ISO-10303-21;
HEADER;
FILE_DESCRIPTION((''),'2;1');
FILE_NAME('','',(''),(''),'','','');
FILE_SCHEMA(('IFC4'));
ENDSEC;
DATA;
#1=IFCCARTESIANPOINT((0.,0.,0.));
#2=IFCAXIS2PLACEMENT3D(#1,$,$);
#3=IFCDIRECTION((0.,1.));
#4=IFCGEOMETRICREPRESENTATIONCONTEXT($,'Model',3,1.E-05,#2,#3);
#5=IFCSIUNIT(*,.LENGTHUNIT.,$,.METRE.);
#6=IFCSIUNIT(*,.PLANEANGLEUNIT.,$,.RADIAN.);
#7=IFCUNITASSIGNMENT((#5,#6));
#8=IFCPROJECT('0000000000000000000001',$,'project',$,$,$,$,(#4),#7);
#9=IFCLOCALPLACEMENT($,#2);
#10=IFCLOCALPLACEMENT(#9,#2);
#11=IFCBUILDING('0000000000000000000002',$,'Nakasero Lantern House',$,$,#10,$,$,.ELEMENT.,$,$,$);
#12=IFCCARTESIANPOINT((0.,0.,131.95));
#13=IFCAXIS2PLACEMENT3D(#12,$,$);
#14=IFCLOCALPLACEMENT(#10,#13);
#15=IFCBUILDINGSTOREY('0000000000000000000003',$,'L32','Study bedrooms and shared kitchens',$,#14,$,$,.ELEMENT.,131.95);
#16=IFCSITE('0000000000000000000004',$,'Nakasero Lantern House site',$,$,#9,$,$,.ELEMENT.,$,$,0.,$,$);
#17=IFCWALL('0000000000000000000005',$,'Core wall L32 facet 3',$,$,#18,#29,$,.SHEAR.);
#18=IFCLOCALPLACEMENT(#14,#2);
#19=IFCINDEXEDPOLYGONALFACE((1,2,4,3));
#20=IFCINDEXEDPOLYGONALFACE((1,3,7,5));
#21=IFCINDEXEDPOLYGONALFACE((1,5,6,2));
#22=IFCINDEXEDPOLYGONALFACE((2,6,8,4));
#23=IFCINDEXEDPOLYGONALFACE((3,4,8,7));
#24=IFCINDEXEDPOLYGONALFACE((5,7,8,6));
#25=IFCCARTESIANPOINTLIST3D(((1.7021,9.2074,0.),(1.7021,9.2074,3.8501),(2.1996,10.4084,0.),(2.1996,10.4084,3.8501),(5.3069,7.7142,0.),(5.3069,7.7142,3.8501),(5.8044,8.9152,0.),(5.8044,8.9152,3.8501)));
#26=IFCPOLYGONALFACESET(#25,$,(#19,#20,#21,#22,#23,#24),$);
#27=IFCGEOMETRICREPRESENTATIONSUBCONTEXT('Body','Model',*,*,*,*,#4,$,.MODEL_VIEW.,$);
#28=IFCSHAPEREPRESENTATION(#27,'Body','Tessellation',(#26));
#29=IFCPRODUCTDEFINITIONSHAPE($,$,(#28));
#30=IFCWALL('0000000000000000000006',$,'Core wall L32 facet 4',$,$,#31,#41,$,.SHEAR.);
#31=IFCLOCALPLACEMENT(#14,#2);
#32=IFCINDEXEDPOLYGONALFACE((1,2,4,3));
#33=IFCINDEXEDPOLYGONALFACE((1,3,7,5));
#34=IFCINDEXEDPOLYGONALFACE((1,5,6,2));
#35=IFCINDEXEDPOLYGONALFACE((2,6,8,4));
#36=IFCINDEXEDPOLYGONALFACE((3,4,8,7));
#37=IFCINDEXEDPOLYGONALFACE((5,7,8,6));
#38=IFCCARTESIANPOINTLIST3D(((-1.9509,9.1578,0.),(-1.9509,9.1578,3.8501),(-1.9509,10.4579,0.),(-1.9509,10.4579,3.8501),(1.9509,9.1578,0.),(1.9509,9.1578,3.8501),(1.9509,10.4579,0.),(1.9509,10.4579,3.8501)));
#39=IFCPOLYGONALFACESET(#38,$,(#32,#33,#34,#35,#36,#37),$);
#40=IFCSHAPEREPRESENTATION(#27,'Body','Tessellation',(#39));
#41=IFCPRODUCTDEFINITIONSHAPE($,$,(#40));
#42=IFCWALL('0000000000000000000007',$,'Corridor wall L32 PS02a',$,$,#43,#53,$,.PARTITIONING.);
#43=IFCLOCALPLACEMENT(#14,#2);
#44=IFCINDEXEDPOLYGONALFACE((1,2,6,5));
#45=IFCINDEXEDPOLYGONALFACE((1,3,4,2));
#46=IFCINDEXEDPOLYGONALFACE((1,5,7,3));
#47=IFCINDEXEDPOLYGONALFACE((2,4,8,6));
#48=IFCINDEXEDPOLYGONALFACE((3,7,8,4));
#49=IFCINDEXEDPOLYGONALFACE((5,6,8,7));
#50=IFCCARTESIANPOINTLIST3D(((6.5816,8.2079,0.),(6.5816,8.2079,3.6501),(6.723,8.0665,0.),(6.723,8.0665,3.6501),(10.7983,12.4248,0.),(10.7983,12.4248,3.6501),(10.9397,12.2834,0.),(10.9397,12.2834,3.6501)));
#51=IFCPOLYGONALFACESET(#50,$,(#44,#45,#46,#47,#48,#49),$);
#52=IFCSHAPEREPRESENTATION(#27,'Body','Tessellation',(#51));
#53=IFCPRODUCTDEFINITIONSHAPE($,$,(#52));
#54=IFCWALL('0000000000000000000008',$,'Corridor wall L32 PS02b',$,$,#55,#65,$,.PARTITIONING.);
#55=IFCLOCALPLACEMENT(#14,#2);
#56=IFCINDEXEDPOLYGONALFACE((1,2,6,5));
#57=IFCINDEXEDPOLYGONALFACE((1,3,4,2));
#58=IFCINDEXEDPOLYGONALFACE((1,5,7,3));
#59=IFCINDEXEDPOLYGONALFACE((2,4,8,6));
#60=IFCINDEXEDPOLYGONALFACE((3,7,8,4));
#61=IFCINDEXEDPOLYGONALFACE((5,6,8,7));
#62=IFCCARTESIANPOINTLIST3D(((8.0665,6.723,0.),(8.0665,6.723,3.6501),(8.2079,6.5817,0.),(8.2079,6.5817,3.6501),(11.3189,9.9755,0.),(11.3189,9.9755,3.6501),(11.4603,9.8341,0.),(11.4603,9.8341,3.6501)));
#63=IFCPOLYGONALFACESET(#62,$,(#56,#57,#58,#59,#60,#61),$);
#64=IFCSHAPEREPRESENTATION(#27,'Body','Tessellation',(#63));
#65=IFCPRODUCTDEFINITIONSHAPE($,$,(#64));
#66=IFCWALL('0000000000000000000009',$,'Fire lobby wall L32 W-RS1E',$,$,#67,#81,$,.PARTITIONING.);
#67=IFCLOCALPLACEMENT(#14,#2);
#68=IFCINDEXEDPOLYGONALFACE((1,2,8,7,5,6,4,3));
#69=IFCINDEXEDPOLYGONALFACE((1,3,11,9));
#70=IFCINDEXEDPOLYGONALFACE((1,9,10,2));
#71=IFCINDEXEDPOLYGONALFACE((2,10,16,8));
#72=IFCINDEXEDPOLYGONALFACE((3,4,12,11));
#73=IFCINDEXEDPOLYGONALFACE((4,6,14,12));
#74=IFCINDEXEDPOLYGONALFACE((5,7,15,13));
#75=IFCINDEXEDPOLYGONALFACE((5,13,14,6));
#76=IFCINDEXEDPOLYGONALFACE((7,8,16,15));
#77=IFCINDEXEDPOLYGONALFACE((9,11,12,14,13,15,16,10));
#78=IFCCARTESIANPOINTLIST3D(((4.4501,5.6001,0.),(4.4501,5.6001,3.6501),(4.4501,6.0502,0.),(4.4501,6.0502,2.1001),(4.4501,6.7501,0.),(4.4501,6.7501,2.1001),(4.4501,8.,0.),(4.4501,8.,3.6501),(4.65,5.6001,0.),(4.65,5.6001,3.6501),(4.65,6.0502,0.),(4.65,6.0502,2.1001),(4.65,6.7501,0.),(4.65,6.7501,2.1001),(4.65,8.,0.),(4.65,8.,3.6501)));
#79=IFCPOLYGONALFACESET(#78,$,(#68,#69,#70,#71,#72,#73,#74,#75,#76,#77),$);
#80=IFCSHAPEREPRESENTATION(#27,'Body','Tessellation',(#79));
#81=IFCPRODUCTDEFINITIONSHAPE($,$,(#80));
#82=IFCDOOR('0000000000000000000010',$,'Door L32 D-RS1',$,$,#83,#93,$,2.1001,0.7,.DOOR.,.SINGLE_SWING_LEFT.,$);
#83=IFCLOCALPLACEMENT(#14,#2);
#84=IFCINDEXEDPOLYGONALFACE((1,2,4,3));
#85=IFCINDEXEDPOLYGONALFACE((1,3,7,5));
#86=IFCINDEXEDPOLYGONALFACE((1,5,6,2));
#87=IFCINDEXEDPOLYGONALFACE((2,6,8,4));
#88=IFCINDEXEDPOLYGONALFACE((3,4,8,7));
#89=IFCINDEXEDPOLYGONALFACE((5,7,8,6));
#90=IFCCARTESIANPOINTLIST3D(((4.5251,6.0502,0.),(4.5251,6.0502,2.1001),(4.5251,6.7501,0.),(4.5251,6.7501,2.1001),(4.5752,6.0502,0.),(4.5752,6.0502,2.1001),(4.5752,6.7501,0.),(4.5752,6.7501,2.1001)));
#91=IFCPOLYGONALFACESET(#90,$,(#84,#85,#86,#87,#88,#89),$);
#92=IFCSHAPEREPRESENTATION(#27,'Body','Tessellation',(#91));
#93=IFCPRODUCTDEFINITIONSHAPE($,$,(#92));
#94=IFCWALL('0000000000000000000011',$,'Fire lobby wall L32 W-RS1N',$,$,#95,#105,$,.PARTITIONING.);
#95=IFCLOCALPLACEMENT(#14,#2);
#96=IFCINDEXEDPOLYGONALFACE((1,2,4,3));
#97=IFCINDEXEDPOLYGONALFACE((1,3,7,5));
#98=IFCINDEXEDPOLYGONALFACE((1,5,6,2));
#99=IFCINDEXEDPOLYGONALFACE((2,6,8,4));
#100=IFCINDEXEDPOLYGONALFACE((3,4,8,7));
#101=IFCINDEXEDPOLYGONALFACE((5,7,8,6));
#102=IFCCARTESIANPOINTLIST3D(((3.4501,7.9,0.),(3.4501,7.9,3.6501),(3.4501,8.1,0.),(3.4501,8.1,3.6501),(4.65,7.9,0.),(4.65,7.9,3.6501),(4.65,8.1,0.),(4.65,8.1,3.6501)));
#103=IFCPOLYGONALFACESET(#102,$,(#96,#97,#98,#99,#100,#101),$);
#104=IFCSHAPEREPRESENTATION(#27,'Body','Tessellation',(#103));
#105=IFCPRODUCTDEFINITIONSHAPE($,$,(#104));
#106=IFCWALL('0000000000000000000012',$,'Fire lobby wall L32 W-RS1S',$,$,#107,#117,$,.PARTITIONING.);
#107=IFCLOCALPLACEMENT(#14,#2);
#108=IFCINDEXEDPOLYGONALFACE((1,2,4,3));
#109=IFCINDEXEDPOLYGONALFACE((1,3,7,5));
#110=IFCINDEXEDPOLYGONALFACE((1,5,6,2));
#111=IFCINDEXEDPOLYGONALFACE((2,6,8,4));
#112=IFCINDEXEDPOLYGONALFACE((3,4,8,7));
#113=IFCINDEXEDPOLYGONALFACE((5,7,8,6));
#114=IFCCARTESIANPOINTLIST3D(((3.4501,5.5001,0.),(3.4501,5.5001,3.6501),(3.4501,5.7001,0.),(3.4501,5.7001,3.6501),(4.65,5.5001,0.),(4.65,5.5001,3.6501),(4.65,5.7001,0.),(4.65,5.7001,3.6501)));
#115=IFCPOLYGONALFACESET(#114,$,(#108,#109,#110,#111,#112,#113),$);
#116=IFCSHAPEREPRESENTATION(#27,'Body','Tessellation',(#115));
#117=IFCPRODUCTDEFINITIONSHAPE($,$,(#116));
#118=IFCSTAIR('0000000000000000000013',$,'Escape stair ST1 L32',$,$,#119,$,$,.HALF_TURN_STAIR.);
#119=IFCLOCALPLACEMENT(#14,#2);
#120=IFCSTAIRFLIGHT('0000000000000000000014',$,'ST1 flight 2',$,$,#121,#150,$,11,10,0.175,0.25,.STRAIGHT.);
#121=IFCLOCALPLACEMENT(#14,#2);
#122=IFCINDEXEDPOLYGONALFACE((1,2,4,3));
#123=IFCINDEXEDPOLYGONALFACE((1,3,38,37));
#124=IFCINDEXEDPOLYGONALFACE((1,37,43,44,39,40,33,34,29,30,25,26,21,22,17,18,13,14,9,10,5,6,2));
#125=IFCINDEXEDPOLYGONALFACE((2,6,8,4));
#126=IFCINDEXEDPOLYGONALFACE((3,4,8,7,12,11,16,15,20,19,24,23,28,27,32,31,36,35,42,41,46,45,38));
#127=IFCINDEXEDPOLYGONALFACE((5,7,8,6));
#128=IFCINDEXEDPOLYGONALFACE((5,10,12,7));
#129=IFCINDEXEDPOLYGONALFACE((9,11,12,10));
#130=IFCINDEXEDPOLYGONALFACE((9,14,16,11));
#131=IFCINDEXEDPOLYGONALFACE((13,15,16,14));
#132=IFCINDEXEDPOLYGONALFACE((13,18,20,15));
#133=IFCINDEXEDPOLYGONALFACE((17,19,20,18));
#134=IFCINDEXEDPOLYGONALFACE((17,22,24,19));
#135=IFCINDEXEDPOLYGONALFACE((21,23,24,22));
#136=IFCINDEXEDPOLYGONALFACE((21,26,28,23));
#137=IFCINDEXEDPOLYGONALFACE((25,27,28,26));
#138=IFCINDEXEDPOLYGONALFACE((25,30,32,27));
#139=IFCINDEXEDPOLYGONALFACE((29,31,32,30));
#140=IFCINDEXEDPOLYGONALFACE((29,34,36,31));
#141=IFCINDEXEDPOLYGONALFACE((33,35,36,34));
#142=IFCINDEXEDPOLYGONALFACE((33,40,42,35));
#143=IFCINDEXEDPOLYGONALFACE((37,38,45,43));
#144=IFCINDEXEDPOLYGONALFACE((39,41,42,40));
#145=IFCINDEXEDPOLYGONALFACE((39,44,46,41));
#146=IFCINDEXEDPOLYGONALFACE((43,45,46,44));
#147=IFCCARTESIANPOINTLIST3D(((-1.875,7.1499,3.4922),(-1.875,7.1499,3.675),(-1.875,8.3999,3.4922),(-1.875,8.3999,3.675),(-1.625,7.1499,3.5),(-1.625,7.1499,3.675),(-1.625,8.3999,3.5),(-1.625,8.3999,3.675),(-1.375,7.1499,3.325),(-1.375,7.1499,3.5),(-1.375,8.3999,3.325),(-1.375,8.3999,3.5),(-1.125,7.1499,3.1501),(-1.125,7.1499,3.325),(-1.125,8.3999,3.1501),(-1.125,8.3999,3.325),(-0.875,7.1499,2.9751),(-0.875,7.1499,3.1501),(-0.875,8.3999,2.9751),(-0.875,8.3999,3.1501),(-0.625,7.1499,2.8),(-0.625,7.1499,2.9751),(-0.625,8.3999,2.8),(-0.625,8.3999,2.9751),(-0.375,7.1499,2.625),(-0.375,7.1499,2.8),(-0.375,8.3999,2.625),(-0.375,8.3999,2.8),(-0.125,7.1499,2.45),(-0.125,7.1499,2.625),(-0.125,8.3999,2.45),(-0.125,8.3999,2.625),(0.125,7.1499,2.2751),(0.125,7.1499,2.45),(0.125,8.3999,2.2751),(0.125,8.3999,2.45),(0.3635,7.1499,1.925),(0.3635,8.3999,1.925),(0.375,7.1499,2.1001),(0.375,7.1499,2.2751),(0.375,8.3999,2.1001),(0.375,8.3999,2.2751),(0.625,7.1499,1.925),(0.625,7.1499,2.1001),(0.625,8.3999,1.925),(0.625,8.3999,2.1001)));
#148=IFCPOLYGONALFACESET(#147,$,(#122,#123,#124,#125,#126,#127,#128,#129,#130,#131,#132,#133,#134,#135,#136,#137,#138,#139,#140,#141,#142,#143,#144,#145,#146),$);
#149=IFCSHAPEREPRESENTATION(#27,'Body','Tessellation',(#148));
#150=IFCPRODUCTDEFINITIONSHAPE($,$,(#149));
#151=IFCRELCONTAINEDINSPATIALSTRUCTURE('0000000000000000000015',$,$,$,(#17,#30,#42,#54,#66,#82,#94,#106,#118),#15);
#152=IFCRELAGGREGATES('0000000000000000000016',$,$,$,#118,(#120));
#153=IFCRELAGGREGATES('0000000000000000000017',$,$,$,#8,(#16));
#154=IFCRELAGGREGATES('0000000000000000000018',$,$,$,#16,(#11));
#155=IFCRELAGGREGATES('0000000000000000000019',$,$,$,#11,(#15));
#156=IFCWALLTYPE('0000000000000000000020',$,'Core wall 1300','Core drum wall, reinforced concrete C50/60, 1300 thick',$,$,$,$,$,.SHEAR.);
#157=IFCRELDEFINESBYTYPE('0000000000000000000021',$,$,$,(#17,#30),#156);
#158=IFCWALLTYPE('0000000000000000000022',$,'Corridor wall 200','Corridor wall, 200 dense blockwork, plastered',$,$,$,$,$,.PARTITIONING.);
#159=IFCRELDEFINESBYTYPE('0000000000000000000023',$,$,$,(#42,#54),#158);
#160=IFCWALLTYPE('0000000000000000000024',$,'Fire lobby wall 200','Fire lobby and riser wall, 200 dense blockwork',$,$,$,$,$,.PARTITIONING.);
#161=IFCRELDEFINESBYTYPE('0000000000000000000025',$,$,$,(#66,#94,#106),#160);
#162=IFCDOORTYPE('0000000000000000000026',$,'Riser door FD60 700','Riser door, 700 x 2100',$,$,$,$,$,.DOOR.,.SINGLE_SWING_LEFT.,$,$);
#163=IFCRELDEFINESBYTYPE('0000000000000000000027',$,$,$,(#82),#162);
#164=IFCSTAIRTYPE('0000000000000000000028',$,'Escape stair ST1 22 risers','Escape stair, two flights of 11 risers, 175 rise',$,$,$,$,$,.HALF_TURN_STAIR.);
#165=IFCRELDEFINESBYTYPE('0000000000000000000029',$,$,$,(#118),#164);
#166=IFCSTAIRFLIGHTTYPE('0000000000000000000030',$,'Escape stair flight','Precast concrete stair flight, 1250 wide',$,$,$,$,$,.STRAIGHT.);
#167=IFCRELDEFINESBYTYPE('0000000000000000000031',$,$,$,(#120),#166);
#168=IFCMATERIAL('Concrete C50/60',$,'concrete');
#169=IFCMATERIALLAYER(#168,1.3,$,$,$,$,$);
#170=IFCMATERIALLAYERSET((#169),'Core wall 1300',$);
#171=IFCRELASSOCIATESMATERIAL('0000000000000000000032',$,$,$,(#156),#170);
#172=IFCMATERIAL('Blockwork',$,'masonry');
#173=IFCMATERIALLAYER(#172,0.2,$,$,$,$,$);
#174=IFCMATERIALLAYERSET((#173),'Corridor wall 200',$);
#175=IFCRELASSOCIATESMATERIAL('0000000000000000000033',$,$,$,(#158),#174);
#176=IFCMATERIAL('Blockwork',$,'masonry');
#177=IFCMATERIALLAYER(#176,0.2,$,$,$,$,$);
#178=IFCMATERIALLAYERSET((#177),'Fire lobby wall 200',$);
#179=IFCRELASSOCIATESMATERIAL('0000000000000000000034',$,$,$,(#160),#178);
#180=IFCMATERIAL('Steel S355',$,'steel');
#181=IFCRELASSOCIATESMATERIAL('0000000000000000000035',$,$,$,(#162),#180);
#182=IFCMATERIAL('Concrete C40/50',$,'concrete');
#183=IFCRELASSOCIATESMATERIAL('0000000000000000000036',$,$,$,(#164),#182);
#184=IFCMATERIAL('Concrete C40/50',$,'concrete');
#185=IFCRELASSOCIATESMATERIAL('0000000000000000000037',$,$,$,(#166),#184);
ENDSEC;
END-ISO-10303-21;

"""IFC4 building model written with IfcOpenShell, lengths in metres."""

from ifc_helpers import new_model, si_unit, direction, frame, frame_2d, origin, place, context, subcontext, project, spatial, polyline, rectangle, outline, extrude, material, layer, layer_set, type_object, element, fill, aggregate, save


model = new_model("IFC4")

# Units and contexts
model_context = context("Model", 3, precision=1e-05, world=origin(), true_north=direction((0.0, 1.0)))
body_context = subcontext(model_context, "Body", "Model", "MODEL_VIEW")
ifc_project = project(units=[si_unit("LENGTHUNIT", "METRE"), si_unit("PLANEANGLEUNIT", "RADIAN")], contexts=[model_context])

# Site, building, storey
site_placement = place(None, origin())
site = spatial("IfcSite", under=ifc_project, at=site_placement, Name="Nakasero Lantern House site", CompositionType="ELEMENT", RefElevation=0.0)
building_placement = place(site_placement, origin())
building = spatial("IfcBuilding", under=site, at=building_placement, Name="Nakasero Lantern House", CompositionType="ELEMENT")
storey_placement = place(building_placement, frame((0.0, 0.0, 131.95)))
storey = spatial("IfcBuildingStorey", under=building, at=storey_placement, Name="L32", Description="Study bedrooms and shared kitchens", CompositionType="ELEMENT", Elevation=131.95)

# Shared definitions
ifc_material_1 = material(Name="Concrete C50/60", Category="concrete")
ifc_layer_1 = layer(ifc_material_1, 1.3)
ifc_layer_set_1 = layer_set([ifc_layer_1], Name="Core wall 1300")
wall_type_1 = type_object("IfcWallType", Name="Core wall 1300", Description="Core drum wall, reinforced concrete C50/60, 1300 thick", PredefinedType="SHEAR", material=ifc_layer_set_1)

# Walls
for number, where, z_axis, x_axis, name in (
    (1, (5.5557, 8.3147, 0.0), (0.0, 0.0, 1.0), (-0.923877, 0.382691, 0.0), "Core wall L32 facet 3"),
    (2, (1.9509, 9.8079, 0.0), (0.0, 0.0, 1.0), (-1.0, 0.0, 0.0), "Core wall L32 facet 4"),
):
    element("IfcWall", number, at=place(storey_placement, frame(where, z_axis=z_axis, x_axis=x_axis)), inside=storey, type_object=wall_type_1, Name=name, PredefinedType="SHEAR", context=body_context, shape_type="SweptSolid", body=[
        extrude(rectangle(XDim=3.9019, YDim=1.3, at=frame_2d((1.9509, 0.0))), origin(), (0.0, 0.0, 1.0), 3.8501),
    ])
ifc_material_2 = material(Name="Blockwork", Category="masonry")
ifc_layer_2 = layer(ifc_material_2, 0.2)
ifc_layer_set_2 = layer_set([ifc_layer_2], Name="Corridor wall 200")
wall_type_2 = type_object("IfcWallType", Name="Corridor wall 200", Description="Corridor wall, 200 dense blockwork, plastered", PredefinedType="PARTITIONING", material=ifc_layer_set_2)
wall_1_placement = place(storey_placement, frame((6.6523, 8.1372, 0.0), z_axis=(0.0, 0.0, 1.0), x_axis=(0.707086, 0.707127, 0.0)))
element("IfcWall", 3, at=wall_1_placement, inside=storey, type_object=wall_type_2, Name="Corridor wall L32 PS02a", PredefinedType="PARTITIONING", context=body_context, shape_type="SweptSolid", body=[
    extrude(rectangle(XDim=5.9634, YDim=0.2, at=frame_2d((2.9817, 0.0))), origin(), (0.0, 0.0, 1.0), 3.6501),
])
wall_2_placement = place(storey_placement, frame((8.1372, 6.6523, 0.0), z_axis=(0.0, 0.0, 1.0), x_axis=(0.707107, 0.707107, 0.0)))
element("IfcWall", 4, at=wall_2_placement, inside=storey, type_object=wall_type_2, Name="Corridor wall L32 PS02b", PredefinedType="PARTITIONING", context=body_context, shape_type="SweptSolid", body=[
    extrude(rectangle(XDim=4.5996, YDim=0.2, at=frame_2d((2.2998, 0.0))), origin(), (0.0, 0.0, 1.0), 3.6501),
])

# Wall, opening, door
ifc_material_3 = material(Name="Blockwork", Category="masonry")
ifc_layer_3 = layer(ifc_material_3, 0.2)
ifc_layer_set_3 = layer_set([ifc_layer_3], Name="Fire lobby wall 200")
wall_type_3 = type_object("IfcWallType", Name="Fire lobby wall 200", Description="Fire lobby and riser wall, 200 dense blockwork", PredefinedType="PARTITIONING", material=ifc_layer_set_3)
wall_3_placement = place(storey_placement, frame((4.55, 5.6001, 0.0), z_axis=(0.0, 0.0, 1.0), x_axis=(0.0, 1.0, 0.0)))
wall_3 = element("IfcWall", 5, at=wall_3_placement, inside=storey, type_object=wall_type_3, Name="Fire lobby wall L32 W-RS1E", PredefinedType="PARTITIONING", context=body_context, shape_type="SweptSolid", body=[
    extrude(rectangle(XDim=2.3999, YDim=0.2, at=frame_2d((1.2, 0.0))), origin(), (0.0, 0.0, 1.0), 3.6501),
])
opening_1_placement = place(wall_3_placement, frame((0.45, 0.0, 0.0)))
opening_1 = element("IfcOpeningElement", 6, at=opening_1_placement, cuts=wall_3, PredefinedType="OPENING", context=body_context, shape_type="SweptSolid", body=[
    extrude(rectangle(XDim=0.7, YDim=2.1001, at=frame_2d((0.3501, 1.05))), frame((0.0, 0.1199, 0.0), z_axis=(0.0, -1.0, 0.0), x_axis=(1.0, 0.0, 0.0)), (0.0, 0.0, 1.0), 0.24),
])
ifc_material_4 = material(Name="Steel S355", Category="steel")
door_type_1 = type_object("IfcDoorType", Name="Riser door FD60 700", Description="Riser door, 700 x 2100", OperationType="SINGLE_SWING_LEFT", PredefinedType="DOOR", material=ifc_material_4)
door_1_placement = place(opening_1_placement, origin())
door_1 = element("IfcDoor", 7, at=door_1_placement, inside=storey, type_object=door_type_1, Name="Door L32 D-RS1", OperationType="SINGLE_SWING_LEFT", OverallHeight=2.1001, OverallWidth=0.7, PredefinedType="DOOR", context=body_context, shape_type="SweptSolid", body=[
    extrude(rectangle(XDim=0.7, YDim=2.1001, at=frame_2d((0.3501, 1.05))), frame((0.0, 0.0249, 0.0), z_axis=(0.0, -1.0, 0.0), x_axis=(1.0, 0.0, 0.0)), (0.0, 0.0, 1.0), 0.05),
])
fill(opening_1, door_1)

# Walls
for number, where, z_axis, x_axis, name in (
    (8, (3.45, 8.0, 0.0), (0.0, 0.0, 1.0), (1.0, 0.0, 0.0), "Fire lobby wall L32 W-RS1N"),
    (9, (3.45, 5.6001, 0.0), (0.0, 0.0, 1.0), (1.0, 0.0, 0.0), "Fire lobby wall L32 W-RS1S"),
):
    element("IfcWall", number, at=place(storey_placement, frame(where, z_axis=z_axis, x_axis=x_axis)), inside=storey, type_object=wall_type_3, Name=name, PredefinedType="PARTITIONING", context=body_context, shape_type="SweptSolid", body=[
        extrude(rectangle(XDim=1.2, YDim=0.2, at=frame_2d((0.6001, 0.0))), origin(), (0.0, 0.0, 1.0), 3.6501),
    ])

# Stair, stair flight
ifc_material_5 = material(Name="Concrete C40/50", Category="concrete")
stair_type_1 = type_object("IfcStairType", Name="Escape stair ST1 22 risers", Description="Escape stair, two flights of 11 risers, 175 rise", PredefinedType="HALF_TURN_STAIR", material=ifc_material_5)
stair_1_placement = place(storey_placement, origin())
stair_1 = element("IfcStair", 10, at=stair_1_placement, inside=storey, type_object=stair_type_1, Name="Escape stair ST1 L32", PredefinedType="HALF_TURN_STAIR")
ifc_material_6 = material(Name="Concrete C40/50", Category="concrete")
stair_flight_type = type_object("IfcStairFlightType", Name="Escape stair flight", Description="Precast concrete stair flight, 1250 wide", PredefinedType="STRAIGHT", material=ifc_material_6)
stair_flight_placement = place(storey_placement, frame((0.625, 7.7749, 1.925), z_axis=(0.0, 0.0, 1.0), x_axis=(-1.0, 0.0, 0.0)))
stair_flight = element("IfcStairFlight", 11, at=stair_flight_placement, type_object=stair_flight_type, Name="ST1 flight 2", NumberOfRisers=11, NumberOfTreads=10, PredefinedType="STRAIGHT", RiserHeight=0.175, TreadLength=0.25, context=body_context, shape_type="SweptSolid", body=[
    extrude(outline(polyline([(0.0, 0.0), (0.0, 0.175), (0.25, 0.175), (0.25, 0.3501), (0.5, 0.3501), (0.5, 0.5249), (0.75, 0.5249), (0.75, 0.7), (1.0, 0.7), (1.0, 0.875), (1.25, 0.875), (1.25, 1.05), (1.5, 1.05), (1.5, 1.2251), (1.75, 1.2251), (1.75, 1.3999), (2.0, 1.3999), (2.0, 1.575), (2.25, 1.575), (2.25, 1.75), (2.5, 1.75), (2.5, 1.925), (2.5, 1.5671), (0.2615, 0.0), (0.0, 0.0)])), frame((0.0, 0.625, 0.0), z_axis=(0.0, -1.0, 0.0), x_axis=(1.0, 0.0, 0.0)), (0.0, 0.0, 1.0), 1.25),
])
aggregate(stair_1, [stair_flight])

save(model, "model.ifc")
